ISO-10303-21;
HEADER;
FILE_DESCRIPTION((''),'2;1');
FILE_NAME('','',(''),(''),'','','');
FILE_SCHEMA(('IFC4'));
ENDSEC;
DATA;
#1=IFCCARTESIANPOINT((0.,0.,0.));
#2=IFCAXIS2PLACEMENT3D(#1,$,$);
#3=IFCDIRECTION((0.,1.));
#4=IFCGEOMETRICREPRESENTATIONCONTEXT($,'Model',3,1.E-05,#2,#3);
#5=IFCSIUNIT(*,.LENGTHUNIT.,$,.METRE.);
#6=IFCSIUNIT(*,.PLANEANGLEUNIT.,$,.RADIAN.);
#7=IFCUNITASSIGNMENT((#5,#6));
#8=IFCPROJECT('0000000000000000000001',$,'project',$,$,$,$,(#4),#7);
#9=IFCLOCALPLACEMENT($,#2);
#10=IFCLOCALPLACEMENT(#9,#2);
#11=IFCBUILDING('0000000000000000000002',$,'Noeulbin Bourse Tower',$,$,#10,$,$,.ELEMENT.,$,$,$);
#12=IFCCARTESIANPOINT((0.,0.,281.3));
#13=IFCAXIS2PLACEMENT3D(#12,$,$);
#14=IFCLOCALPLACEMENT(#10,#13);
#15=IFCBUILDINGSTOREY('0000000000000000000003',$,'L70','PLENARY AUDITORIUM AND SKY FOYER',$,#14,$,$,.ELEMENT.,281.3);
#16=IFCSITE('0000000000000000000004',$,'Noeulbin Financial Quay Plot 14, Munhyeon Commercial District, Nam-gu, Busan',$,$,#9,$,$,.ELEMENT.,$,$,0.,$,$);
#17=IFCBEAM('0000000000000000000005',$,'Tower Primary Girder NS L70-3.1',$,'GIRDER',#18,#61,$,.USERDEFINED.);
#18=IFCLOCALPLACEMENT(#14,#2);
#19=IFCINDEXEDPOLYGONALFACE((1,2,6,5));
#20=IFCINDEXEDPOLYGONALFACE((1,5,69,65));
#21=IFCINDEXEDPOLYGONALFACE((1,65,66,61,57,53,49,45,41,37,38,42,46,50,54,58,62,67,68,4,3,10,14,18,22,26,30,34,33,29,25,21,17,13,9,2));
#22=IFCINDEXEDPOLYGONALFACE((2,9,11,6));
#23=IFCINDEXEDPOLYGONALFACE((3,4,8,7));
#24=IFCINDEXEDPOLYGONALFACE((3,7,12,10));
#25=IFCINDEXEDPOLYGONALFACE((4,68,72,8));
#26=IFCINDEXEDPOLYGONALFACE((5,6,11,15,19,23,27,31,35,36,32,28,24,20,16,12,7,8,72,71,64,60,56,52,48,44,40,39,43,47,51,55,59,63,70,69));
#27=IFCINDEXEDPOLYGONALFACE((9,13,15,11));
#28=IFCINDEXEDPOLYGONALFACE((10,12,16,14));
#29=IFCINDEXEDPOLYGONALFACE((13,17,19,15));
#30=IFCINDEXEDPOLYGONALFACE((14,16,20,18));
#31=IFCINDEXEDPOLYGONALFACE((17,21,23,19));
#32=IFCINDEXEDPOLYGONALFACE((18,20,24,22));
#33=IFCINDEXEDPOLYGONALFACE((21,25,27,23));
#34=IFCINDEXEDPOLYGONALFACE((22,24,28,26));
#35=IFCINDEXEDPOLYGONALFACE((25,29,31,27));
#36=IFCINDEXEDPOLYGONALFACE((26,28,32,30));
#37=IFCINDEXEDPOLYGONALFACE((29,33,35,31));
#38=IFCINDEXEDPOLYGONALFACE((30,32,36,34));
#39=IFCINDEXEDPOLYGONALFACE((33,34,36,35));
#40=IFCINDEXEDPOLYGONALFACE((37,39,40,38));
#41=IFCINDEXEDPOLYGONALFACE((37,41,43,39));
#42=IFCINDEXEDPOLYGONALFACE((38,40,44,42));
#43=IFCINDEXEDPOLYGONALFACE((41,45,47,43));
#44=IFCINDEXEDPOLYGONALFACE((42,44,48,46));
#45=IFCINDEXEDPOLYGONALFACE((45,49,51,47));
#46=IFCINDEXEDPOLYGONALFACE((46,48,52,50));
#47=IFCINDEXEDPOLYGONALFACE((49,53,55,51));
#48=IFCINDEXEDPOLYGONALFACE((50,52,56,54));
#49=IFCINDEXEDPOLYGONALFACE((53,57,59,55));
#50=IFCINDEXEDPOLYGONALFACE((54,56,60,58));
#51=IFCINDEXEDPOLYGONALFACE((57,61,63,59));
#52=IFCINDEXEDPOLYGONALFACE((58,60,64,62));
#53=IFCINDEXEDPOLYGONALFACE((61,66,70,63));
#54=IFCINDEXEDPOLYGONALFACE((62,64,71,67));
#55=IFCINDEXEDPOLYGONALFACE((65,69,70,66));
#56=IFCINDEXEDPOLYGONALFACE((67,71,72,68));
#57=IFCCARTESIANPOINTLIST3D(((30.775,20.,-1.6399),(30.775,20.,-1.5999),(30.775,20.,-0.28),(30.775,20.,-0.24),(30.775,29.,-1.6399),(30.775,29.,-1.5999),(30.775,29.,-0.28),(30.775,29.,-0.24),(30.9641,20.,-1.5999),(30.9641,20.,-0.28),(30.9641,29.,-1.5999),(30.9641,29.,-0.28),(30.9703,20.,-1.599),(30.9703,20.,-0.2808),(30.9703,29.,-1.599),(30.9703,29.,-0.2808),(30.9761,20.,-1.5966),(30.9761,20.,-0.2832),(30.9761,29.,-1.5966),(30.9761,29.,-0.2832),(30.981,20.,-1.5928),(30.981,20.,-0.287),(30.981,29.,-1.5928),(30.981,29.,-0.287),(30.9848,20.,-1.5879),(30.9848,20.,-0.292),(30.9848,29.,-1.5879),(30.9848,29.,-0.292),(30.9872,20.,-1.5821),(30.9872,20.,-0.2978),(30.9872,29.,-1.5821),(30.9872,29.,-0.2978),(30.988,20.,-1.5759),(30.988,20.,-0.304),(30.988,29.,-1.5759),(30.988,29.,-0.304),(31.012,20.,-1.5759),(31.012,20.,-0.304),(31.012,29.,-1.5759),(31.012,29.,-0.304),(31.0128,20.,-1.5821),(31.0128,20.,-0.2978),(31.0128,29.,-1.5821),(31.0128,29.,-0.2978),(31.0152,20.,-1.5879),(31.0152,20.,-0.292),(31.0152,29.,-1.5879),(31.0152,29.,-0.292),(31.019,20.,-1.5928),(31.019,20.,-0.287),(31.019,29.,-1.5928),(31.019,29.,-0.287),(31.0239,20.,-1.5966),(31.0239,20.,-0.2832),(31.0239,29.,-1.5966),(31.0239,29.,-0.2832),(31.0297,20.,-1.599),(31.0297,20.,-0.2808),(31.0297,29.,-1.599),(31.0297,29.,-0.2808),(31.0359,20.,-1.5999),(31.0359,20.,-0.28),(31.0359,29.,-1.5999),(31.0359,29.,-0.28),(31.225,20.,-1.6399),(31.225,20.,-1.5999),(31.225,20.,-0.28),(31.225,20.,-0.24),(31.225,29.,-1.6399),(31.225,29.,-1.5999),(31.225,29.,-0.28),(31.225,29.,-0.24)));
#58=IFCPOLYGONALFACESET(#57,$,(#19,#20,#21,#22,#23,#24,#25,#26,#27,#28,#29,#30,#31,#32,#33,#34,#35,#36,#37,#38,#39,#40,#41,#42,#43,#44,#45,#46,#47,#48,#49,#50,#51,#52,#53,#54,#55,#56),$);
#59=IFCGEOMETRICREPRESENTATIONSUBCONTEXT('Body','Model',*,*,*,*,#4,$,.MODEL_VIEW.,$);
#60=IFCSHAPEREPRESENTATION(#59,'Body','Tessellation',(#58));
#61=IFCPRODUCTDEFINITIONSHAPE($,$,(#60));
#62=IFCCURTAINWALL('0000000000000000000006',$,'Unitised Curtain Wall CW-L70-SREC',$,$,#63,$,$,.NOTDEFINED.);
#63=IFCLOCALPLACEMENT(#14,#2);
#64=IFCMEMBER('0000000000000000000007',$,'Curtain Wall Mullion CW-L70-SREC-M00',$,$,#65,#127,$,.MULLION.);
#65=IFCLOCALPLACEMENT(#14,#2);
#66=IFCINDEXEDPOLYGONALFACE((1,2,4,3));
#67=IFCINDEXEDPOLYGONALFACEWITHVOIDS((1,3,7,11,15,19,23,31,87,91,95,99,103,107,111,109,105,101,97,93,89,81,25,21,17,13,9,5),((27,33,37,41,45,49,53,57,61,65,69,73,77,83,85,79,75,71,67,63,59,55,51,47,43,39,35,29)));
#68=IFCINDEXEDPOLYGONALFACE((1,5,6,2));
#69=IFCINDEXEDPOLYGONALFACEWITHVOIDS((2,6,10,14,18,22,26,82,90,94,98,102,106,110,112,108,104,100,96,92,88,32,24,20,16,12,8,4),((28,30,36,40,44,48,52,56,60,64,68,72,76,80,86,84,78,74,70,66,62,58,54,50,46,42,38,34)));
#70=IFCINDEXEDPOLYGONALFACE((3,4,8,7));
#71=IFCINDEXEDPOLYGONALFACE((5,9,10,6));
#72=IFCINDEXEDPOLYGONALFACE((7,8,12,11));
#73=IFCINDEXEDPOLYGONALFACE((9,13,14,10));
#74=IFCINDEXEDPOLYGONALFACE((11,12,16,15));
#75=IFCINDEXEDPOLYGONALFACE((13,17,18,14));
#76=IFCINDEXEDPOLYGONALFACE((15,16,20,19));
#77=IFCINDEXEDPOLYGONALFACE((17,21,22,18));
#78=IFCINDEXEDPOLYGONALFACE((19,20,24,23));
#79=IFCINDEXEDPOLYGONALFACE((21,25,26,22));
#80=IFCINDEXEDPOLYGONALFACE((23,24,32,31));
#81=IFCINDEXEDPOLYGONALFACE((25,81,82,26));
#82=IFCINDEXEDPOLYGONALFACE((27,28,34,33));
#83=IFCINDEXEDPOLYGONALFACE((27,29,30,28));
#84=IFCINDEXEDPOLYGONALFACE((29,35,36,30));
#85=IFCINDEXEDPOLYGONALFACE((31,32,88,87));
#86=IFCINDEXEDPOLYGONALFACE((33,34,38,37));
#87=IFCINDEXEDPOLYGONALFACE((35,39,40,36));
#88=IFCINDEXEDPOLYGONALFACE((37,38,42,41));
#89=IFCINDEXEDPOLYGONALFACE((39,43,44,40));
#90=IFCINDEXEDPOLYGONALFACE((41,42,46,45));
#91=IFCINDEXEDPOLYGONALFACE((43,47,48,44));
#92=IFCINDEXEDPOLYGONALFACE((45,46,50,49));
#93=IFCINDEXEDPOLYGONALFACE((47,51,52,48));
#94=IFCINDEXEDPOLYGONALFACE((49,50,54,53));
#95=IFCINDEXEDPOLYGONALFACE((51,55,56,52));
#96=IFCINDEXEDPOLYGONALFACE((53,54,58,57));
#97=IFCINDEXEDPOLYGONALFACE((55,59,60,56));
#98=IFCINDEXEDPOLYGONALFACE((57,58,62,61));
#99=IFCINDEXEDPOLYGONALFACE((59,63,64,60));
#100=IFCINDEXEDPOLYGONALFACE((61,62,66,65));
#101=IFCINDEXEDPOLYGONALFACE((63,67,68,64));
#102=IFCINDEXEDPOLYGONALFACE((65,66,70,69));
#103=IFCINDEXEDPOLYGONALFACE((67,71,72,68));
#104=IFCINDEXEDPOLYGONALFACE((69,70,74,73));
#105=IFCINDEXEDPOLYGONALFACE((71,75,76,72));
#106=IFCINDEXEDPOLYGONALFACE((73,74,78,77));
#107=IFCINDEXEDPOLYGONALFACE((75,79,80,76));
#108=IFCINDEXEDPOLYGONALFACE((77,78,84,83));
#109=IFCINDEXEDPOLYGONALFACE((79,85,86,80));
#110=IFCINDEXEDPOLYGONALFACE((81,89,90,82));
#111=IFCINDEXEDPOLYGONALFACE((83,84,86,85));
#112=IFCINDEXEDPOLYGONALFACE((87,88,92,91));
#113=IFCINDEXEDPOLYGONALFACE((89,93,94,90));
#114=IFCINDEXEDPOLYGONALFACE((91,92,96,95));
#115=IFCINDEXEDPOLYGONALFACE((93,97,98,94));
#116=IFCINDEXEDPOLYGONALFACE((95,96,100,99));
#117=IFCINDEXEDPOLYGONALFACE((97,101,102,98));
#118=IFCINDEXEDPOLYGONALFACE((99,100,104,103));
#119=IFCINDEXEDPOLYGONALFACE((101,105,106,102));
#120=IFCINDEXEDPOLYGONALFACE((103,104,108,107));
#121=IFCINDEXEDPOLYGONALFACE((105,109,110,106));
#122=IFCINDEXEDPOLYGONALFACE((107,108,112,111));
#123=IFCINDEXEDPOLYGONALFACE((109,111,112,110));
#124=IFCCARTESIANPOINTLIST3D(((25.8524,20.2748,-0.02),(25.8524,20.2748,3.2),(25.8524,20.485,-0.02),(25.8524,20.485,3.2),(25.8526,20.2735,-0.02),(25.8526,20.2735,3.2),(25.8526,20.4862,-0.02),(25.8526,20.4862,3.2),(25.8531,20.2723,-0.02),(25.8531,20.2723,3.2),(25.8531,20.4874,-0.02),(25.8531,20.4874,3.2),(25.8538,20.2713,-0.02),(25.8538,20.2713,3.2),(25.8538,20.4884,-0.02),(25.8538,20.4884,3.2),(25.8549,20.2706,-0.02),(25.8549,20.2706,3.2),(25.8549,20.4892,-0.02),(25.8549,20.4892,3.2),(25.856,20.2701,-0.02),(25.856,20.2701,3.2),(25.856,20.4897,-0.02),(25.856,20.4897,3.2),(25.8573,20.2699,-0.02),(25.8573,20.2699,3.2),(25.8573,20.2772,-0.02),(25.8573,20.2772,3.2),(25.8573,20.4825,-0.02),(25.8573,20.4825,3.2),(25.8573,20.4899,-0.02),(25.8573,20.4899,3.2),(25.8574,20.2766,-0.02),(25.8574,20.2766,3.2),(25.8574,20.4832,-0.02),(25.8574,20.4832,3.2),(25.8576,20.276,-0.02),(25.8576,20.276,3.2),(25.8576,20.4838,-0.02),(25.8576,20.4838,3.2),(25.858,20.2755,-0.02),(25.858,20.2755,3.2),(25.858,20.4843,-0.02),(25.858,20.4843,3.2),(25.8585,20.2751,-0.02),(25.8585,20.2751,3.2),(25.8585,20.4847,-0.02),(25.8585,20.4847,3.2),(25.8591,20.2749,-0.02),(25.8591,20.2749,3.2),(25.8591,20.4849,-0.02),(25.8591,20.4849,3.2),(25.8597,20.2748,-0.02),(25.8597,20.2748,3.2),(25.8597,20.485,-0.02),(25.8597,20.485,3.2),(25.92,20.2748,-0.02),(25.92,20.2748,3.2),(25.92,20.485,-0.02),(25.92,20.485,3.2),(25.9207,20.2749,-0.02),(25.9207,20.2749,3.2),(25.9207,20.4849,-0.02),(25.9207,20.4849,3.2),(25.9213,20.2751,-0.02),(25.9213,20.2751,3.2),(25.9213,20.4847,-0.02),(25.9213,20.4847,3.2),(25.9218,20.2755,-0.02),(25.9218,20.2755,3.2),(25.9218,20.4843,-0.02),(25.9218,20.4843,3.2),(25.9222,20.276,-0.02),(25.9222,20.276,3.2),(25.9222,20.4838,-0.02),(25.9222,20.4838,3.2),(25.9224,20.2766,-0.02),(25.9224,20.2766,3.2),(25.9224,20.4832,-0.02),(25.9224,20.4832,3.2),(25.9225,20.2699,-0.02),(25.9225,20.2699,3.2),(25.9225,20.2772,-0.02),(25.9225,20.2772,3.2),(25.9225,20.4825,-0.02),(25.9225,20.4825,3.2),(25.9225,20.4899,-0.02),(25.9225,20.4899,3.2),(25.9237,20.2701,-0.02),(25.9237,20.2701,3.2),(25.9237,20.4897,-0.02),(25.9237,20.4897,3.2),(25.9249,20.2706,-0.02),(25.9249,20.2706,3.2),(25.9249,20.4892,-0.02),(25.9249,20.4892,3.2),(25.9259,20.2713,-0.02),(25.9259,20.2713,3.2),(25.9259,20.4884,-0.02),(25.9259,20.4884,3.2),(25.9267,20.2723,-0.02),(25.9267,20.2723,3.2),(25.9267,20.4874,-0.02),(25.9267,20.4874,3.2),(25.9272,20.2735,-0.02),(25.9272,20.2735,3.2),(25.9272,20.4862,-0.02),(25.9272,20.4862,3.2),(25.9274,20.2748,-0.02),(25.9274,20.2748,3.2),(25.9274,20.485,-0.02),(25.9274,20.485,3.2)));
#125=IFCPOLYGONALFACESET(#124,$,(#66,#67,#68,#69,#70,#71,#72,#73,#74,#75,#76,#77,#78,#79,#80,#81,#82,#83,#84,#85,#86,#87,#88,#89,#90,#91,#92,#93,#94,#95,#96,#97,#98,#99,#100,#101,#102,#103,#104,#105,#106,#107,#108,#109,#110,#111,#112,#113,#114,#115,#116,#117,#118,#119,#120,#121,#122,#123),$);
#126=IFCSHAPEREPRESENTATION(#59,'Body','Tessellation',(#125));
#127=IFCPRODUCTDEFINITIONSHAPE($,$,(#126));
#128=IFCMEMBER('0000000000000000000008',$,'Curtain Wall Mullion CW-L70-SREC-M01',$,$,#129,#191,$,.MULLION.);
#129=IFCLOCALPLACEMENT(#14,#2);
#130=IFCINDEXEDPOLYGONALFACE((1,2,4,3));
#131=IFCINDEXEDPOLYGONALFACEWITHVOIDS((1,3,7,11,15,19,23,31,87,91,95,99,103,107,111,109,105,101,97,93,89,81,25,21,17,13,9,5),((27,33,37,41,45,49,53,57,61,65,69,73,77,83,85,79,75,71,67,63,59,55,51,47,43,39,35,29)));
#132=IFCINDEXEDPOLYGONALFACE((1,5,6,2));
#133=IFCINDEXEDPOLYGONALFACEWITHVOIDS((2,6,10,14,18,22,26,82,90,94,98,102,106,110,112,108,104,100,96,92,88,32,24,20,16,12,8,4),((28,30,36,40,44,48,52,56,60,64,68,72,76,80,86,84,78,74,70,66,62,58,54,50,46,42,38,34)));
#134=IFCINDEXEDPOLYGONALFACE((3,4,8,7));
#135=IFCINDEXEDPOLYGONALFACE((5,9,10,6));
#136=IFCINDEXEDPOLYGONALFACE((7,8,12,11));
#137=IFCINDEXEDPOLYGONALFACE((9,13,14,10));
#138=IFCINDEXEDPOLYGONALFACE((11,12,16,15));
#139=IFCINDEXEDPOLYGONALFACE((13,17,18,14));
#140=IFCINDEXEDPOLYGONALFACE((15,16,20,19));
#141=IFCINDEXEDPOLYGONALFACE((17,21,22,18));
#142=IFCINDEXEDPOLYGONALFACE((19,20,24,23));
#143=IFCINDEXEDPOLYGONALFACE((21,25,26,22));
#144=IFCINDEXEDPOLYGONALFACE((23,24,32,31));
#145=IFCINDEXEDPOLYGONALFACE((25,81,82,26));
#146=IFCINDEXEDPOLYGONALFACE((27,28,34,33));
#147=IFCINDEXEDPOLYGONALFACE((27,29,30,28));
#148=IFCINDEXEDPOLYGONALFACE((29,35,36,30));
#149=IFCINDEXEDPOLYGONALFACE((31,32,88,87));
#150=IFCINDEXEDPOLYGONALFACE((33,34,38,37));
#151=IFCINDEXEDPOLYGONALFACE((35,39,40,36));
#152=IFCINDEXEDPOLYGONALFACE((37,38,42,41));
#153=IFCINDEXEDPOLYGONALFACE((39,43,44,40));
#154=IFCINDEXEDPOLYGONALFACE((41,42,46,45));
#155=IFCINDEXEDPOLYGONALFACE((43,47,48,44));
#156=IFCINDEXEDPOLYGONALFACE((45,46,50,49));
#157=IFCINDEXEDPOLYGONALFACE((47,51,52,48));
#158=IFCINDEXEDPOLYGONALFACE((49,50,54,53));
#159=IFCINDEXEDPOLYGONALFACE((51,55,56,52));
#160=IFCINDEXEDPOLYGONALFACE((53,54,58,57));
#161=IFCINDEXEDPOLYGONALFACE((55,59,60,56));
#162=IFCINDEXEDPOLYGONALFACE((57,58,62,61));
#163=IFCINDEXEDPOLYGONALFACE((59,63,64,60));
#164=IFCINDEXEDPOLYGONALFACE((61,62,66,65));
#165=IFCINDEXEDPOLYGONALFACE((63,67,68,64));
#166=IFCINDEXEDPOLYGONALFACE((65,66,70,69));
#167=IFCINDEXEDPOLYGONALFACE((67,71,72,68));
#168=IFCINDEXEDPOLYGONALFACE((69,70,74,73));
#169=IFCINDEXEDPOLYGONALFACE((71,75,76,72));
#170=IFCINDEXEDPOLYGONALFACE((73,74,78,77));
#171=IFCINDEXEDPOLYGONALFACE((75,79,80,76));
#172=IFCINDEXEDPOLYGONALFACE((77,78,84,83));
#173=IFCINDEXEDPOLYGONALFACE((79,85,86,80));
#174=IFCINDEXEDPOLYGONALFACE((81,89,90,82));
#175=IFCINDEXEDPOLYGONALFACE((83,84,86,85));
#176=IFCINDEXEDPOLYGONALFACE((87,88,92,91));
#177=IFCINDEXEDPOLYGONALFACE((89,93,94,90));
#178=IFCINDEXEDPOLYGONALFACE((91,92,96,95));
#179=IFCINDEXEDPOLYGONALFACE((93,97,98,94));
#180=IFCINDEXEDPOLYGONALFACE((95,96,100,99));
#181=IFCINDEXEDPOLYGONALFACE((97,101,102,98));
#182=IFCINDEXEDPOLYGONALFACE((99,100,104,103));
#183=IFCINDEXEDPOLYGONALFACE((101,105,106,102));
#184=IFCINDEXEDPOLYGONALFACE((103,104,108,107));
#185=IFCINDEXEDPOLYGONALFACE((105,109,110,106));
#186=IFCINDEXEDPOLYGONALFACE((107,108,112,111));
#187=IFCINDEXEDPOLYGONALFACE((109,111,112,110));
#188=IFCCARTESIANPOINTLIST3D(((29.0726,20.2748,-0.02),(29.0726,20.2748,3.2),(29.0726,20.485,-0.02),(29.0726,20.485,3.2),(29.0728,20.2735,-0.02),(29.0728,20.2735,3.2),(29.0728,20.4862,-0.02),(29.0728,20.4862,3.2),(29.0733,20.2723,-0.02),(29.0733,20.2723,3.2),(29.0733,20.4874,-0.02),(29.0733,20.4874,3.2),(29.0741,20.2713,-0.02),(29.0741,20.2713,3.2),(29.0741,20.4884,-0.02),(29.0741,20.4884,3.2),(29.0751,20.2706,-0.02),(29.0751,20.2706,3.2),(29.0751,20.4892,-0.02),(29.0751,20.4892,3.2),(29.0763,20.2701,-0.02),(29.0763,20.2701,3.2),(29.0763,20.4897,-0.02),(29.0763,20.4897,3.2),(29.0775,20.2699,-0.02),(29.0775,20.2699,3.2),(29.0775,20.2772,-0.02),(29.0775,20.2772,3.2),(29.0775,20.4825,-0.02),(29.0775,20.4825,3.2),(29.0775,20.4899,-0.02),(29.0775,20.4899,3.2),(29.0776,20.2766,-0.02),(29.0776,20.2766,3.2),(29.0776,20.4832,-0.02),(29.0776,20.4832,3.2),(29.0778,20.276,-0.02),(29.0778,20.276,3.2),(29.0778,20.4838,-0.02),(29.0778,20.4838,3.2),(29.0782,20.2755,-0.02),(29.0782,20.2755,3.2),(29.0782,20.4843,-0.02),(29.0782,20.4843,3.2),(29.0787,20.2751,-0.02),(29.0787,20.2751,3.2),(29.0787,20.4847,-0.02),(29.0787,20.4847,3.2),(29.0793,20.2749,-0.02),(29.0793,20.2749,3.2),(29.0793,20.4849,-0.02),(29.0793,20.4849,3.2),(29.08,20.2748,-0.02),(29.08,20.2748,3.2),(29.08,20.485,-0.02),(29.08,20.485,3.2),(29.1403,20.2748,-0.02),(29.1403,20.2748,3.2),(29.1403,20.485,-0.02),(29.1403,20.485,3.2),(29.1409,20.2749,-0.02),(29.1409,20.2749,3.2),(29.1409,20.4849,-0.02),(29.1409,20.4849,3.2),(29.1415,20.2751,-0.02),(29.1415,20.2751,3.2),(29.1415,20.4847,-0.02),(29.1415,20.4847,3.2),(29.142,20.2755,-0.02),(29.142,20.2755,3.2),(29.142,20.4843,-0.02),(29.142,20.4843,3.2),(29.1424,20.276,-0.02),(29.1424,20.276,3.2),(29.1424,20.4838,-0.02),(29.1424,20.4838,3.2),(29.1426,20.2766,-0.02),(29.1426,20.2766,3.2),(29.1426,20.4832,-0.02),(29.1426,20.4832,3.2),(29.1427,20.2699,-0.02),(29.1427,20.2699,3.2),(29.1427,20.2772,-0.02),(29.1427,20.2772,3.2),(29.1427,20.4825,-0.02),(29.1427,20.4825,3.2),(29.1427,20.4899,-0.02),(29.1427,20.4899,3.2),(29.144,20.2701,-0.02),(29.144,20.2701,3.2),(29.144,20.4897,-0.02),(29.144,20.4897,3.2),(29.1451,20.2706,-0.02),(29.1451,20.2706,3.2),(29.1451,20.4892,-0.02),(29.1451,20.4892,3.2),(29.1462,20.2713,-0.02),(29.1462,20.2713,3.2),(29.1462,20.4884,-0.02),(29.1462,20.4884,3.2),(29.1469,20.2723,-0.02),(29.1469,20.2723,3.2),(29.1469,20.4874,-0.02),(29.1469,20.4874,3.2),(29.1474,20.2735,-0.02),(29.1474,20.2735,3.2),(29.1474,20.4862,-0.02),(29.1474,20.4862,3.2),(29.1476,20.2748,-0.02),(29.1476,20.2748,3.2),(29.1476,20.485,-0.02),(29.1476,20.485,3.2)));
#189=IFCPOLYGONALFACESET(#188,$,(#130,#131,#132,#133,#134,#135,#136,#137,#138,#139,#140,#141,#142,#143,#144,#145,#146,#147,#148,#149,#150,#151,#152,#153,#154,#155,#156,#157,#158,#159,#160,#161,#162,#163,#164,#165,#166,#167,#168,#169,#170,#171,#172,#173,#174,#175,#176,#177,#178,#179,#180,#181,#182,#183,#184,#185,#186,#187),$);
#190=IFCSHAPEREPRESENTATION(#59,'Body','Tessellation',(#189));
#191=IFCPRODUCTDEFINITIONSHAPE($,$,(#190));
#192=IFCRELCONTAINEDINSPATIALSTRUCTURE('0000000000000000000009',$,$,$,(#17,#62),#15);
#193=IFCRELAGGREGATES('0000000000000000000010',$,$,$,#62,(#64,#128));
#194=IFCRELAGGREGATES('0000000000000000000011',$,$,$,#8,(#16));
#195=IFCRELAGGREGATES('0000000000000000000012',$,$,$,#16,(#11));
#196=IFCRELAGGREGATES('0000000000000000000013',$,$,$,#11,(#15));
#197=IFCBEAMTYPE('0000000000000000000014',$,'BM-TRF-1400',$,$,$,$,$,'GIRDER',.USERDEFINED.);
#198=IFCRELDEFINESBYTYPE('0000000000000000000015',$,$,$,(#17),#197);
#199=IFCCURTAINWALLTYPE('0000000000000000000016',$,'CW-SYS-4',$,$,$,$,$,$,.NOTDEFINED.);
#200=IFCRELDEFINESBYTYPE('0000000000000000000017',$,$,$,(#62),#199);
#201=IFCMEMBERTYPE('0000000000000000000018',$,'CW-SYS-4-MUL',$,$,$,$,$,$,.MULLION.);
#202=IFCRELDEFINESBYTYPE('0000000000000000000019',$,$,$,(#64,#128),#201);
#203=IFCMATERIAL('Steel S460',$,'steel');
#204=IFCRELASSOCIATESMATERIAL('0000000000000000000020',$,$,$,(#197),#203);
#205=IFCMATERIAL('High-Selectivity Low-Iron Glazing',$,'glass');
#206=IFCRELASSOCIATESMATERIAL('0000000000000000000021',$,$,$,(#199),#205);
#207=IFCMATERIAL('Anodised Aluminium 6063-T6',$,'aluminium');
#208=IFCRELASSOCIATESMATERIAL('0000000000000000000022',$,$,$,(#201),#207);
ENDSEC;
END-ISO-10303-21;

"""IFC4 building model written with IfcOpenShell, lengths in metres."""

from ifc_helpers import new_model, si_unit, direction, frame, origin, origin_2d, place, context, subcontext, project, spatial, hollow_rectangle, i_section, extrude, material, material_profile, profile_set, type_object, element, aggregate, save


model = new_model("IFC4")

# Units and contexts
model_context = context("Model", 3, precision=1e-05, world=origin(), true_north=direction((0.0, 1.0)))
body_context = subcontext(model_context, "Body", "Model", "MODEL_VIEW")
ifc_project = project(units=[si_unit("LENGTHUNIT", "METRE"), si_unit("PLANEANGLEUNIT", "RADIAN")], contexts=[model_context])

# Site, building, storey
site_placement = place(None, origin())
site = spatial("IfcSite", under=ifc_project, at=site_placement, Name="Noeulbin Financial Quay Plot 14, Munhyeon Commercial District, Nam-gu, Busan", CompositionType="ELEMENT", RefElevation=0.0)
building_placement = place(site_placement, origin())
building = spatial("IfcBuilding", under=site, at=building_placement, Name="Noeulbin Bourse Tower", CompositionType="ELEMENT")
storey_placement = place(building_placement, frame((0.0, 0.0, 281.3)))
storey = spatial("IfcBuildingStorey", under=building, at=storey_placement, Name="L70", Description="PLENARY AUDITORIUM AND SKY FOYER", CompositionType="ELEMENT", Elevation=281.3)

# Beam
ifc_material_1 = material(Name="Steel S460", Category="steel")
ifc_material_profile_1 = material_profile(ifc_material_1, i_section(OverallWidth=0.45, OverallDepth=1.3999, WebThickness=0.0239, FlangeThickness=0.04, FilletRadius=0.0239, at=origin_2d()), Name="PG-1400x450x24x40", Category="LoadBearing")
ifc_profile_set_1 = profile_set([ifc_material_profile_1], Name="Steel S460")
beam_type_1 = type_object("IfcBeamType", Name="BM-TRF-1400", ElementType="GIRDER", PredefinedType="USERDEFINED", material=ifc_profile_set_1)
for number, where, z_axis, x_axis, name in (
    (1, (31.0, 20.0, -0.9399), (0.0, 1.0, 0.0), (-1.0, 0.0, 0.0), "Tower Primary Girder NS L70-3.1"),
):
    element("IfcBeam", number, at=place(storey_placement, frame(where, z_axis=z_axis, x_axis=x_axis)), inside=storey, type_object=beam_type_1, Name=name, ObjectType="GIRDER", PredefinedType="USERDEFINED", context=body_context, shape_type="SweptSolid", body=[
        extrude(i_section(OverallWidth=0.45, OverallDepth=1.3999, WebThickness=0.0239, FlangeThickness=0.04, FilletRadius=0.0239, at=origin_2d()), origin(), (0.0, 0.0, 1.0), 9.0),
    ])

# Curtain wall, members
ifc_material_2 = material(Name="High-Selectivity Low-Iron Glazing", Category="glass")
curtain_wall_type = type_object("IfcCurtainWallType", Name="CW-SYS-4", PredefinedType="NOTDEFINED", material=ifc_material_2)
curtain_wall_1_placement = place(storey_placement, origin())
curtain_wall_1 = element("IfcCurtainWall", 2, at=curtain_wall_1_placement, inside=storey, type_object=curtain_wall_type, Name="Unitised Curtain Wall CW-L70-SREC", PredefinedType="NOTDEFINED")
ifc_material_3 = material(Name="Anodised Aluminium 6063-T6", Category="aluminium")
ifc_material_profile_2 = material_profile(ifc_material_3, hollow_rectangle(XDim=0.075, YDim=0.22, WallThickness=0.0049, InnerFilletRadius=0.0024, OuterFilletRadius=0.0049, at=origin_2d()), Name="ALU-MULL-75x220x5", Category="LoadBearing")
ifc_profile_set_2 = profile_set([ifc_material_profile_2], Name="Anodised Aluminium 6063-T6")
member_type_1 = type_object("IfcMemberType", Name="CW-SYS-4-MUL", PredefinedType="MULLION", material=ifc_profile_set_2)
member_1_placement = place(storey_placement, frame((25.8899, 20.3799, -0.02), z_axis=(0.0, 0.0, 1.0), x_axis=(1.0, 0.0, 0.0)))
member_1 = element("IfcMember", 3, at=member_1_placement, type_object=member_type_1, Name="Curtain Wall Mullion CW-L70-SREC-M00", PredefinedType="MULLION", context=body_context, shape_type="SweptSolid", body=[
    extrude(hollow_rectangle(XDim=0.075, YDim=0.22, WallThickness=0.0049, InnerFilletRadius=0.0024, OuterFilletRadius=0.0049, at=origin_2d()), origin(), (0.0, 0.0, 1.0), 3.22),
])
member_2_placement = place(storey_placement, frame((29.1101, 20.3799, -0.02), z_axis=(0.0, 0.0, 1.0), x_axis=(1.0, 0.0, 0.0)))
member_2 = element("IfcMember", 4, at=member_2_placement, type_object=member_type_1, Name="Curtain Wall Mullion CW-L70-SREC-M01", PredefinedType="MULLION", context=body_context, shape_type="SweptSolid", body=[
    extrude(hollow_rectangle(XDim=0.075, YDim=0.22, WallThickness=0.0049, InnerFilletRadius=0.0024, OuterFilletRadius=0.0049, at=origin_2d()), origin(), (0.0, 0.0, 1.0), 3.22),
])

aggregate(curtain_wall_1, [member_1, member_2])

save(model, "model.ifc")
